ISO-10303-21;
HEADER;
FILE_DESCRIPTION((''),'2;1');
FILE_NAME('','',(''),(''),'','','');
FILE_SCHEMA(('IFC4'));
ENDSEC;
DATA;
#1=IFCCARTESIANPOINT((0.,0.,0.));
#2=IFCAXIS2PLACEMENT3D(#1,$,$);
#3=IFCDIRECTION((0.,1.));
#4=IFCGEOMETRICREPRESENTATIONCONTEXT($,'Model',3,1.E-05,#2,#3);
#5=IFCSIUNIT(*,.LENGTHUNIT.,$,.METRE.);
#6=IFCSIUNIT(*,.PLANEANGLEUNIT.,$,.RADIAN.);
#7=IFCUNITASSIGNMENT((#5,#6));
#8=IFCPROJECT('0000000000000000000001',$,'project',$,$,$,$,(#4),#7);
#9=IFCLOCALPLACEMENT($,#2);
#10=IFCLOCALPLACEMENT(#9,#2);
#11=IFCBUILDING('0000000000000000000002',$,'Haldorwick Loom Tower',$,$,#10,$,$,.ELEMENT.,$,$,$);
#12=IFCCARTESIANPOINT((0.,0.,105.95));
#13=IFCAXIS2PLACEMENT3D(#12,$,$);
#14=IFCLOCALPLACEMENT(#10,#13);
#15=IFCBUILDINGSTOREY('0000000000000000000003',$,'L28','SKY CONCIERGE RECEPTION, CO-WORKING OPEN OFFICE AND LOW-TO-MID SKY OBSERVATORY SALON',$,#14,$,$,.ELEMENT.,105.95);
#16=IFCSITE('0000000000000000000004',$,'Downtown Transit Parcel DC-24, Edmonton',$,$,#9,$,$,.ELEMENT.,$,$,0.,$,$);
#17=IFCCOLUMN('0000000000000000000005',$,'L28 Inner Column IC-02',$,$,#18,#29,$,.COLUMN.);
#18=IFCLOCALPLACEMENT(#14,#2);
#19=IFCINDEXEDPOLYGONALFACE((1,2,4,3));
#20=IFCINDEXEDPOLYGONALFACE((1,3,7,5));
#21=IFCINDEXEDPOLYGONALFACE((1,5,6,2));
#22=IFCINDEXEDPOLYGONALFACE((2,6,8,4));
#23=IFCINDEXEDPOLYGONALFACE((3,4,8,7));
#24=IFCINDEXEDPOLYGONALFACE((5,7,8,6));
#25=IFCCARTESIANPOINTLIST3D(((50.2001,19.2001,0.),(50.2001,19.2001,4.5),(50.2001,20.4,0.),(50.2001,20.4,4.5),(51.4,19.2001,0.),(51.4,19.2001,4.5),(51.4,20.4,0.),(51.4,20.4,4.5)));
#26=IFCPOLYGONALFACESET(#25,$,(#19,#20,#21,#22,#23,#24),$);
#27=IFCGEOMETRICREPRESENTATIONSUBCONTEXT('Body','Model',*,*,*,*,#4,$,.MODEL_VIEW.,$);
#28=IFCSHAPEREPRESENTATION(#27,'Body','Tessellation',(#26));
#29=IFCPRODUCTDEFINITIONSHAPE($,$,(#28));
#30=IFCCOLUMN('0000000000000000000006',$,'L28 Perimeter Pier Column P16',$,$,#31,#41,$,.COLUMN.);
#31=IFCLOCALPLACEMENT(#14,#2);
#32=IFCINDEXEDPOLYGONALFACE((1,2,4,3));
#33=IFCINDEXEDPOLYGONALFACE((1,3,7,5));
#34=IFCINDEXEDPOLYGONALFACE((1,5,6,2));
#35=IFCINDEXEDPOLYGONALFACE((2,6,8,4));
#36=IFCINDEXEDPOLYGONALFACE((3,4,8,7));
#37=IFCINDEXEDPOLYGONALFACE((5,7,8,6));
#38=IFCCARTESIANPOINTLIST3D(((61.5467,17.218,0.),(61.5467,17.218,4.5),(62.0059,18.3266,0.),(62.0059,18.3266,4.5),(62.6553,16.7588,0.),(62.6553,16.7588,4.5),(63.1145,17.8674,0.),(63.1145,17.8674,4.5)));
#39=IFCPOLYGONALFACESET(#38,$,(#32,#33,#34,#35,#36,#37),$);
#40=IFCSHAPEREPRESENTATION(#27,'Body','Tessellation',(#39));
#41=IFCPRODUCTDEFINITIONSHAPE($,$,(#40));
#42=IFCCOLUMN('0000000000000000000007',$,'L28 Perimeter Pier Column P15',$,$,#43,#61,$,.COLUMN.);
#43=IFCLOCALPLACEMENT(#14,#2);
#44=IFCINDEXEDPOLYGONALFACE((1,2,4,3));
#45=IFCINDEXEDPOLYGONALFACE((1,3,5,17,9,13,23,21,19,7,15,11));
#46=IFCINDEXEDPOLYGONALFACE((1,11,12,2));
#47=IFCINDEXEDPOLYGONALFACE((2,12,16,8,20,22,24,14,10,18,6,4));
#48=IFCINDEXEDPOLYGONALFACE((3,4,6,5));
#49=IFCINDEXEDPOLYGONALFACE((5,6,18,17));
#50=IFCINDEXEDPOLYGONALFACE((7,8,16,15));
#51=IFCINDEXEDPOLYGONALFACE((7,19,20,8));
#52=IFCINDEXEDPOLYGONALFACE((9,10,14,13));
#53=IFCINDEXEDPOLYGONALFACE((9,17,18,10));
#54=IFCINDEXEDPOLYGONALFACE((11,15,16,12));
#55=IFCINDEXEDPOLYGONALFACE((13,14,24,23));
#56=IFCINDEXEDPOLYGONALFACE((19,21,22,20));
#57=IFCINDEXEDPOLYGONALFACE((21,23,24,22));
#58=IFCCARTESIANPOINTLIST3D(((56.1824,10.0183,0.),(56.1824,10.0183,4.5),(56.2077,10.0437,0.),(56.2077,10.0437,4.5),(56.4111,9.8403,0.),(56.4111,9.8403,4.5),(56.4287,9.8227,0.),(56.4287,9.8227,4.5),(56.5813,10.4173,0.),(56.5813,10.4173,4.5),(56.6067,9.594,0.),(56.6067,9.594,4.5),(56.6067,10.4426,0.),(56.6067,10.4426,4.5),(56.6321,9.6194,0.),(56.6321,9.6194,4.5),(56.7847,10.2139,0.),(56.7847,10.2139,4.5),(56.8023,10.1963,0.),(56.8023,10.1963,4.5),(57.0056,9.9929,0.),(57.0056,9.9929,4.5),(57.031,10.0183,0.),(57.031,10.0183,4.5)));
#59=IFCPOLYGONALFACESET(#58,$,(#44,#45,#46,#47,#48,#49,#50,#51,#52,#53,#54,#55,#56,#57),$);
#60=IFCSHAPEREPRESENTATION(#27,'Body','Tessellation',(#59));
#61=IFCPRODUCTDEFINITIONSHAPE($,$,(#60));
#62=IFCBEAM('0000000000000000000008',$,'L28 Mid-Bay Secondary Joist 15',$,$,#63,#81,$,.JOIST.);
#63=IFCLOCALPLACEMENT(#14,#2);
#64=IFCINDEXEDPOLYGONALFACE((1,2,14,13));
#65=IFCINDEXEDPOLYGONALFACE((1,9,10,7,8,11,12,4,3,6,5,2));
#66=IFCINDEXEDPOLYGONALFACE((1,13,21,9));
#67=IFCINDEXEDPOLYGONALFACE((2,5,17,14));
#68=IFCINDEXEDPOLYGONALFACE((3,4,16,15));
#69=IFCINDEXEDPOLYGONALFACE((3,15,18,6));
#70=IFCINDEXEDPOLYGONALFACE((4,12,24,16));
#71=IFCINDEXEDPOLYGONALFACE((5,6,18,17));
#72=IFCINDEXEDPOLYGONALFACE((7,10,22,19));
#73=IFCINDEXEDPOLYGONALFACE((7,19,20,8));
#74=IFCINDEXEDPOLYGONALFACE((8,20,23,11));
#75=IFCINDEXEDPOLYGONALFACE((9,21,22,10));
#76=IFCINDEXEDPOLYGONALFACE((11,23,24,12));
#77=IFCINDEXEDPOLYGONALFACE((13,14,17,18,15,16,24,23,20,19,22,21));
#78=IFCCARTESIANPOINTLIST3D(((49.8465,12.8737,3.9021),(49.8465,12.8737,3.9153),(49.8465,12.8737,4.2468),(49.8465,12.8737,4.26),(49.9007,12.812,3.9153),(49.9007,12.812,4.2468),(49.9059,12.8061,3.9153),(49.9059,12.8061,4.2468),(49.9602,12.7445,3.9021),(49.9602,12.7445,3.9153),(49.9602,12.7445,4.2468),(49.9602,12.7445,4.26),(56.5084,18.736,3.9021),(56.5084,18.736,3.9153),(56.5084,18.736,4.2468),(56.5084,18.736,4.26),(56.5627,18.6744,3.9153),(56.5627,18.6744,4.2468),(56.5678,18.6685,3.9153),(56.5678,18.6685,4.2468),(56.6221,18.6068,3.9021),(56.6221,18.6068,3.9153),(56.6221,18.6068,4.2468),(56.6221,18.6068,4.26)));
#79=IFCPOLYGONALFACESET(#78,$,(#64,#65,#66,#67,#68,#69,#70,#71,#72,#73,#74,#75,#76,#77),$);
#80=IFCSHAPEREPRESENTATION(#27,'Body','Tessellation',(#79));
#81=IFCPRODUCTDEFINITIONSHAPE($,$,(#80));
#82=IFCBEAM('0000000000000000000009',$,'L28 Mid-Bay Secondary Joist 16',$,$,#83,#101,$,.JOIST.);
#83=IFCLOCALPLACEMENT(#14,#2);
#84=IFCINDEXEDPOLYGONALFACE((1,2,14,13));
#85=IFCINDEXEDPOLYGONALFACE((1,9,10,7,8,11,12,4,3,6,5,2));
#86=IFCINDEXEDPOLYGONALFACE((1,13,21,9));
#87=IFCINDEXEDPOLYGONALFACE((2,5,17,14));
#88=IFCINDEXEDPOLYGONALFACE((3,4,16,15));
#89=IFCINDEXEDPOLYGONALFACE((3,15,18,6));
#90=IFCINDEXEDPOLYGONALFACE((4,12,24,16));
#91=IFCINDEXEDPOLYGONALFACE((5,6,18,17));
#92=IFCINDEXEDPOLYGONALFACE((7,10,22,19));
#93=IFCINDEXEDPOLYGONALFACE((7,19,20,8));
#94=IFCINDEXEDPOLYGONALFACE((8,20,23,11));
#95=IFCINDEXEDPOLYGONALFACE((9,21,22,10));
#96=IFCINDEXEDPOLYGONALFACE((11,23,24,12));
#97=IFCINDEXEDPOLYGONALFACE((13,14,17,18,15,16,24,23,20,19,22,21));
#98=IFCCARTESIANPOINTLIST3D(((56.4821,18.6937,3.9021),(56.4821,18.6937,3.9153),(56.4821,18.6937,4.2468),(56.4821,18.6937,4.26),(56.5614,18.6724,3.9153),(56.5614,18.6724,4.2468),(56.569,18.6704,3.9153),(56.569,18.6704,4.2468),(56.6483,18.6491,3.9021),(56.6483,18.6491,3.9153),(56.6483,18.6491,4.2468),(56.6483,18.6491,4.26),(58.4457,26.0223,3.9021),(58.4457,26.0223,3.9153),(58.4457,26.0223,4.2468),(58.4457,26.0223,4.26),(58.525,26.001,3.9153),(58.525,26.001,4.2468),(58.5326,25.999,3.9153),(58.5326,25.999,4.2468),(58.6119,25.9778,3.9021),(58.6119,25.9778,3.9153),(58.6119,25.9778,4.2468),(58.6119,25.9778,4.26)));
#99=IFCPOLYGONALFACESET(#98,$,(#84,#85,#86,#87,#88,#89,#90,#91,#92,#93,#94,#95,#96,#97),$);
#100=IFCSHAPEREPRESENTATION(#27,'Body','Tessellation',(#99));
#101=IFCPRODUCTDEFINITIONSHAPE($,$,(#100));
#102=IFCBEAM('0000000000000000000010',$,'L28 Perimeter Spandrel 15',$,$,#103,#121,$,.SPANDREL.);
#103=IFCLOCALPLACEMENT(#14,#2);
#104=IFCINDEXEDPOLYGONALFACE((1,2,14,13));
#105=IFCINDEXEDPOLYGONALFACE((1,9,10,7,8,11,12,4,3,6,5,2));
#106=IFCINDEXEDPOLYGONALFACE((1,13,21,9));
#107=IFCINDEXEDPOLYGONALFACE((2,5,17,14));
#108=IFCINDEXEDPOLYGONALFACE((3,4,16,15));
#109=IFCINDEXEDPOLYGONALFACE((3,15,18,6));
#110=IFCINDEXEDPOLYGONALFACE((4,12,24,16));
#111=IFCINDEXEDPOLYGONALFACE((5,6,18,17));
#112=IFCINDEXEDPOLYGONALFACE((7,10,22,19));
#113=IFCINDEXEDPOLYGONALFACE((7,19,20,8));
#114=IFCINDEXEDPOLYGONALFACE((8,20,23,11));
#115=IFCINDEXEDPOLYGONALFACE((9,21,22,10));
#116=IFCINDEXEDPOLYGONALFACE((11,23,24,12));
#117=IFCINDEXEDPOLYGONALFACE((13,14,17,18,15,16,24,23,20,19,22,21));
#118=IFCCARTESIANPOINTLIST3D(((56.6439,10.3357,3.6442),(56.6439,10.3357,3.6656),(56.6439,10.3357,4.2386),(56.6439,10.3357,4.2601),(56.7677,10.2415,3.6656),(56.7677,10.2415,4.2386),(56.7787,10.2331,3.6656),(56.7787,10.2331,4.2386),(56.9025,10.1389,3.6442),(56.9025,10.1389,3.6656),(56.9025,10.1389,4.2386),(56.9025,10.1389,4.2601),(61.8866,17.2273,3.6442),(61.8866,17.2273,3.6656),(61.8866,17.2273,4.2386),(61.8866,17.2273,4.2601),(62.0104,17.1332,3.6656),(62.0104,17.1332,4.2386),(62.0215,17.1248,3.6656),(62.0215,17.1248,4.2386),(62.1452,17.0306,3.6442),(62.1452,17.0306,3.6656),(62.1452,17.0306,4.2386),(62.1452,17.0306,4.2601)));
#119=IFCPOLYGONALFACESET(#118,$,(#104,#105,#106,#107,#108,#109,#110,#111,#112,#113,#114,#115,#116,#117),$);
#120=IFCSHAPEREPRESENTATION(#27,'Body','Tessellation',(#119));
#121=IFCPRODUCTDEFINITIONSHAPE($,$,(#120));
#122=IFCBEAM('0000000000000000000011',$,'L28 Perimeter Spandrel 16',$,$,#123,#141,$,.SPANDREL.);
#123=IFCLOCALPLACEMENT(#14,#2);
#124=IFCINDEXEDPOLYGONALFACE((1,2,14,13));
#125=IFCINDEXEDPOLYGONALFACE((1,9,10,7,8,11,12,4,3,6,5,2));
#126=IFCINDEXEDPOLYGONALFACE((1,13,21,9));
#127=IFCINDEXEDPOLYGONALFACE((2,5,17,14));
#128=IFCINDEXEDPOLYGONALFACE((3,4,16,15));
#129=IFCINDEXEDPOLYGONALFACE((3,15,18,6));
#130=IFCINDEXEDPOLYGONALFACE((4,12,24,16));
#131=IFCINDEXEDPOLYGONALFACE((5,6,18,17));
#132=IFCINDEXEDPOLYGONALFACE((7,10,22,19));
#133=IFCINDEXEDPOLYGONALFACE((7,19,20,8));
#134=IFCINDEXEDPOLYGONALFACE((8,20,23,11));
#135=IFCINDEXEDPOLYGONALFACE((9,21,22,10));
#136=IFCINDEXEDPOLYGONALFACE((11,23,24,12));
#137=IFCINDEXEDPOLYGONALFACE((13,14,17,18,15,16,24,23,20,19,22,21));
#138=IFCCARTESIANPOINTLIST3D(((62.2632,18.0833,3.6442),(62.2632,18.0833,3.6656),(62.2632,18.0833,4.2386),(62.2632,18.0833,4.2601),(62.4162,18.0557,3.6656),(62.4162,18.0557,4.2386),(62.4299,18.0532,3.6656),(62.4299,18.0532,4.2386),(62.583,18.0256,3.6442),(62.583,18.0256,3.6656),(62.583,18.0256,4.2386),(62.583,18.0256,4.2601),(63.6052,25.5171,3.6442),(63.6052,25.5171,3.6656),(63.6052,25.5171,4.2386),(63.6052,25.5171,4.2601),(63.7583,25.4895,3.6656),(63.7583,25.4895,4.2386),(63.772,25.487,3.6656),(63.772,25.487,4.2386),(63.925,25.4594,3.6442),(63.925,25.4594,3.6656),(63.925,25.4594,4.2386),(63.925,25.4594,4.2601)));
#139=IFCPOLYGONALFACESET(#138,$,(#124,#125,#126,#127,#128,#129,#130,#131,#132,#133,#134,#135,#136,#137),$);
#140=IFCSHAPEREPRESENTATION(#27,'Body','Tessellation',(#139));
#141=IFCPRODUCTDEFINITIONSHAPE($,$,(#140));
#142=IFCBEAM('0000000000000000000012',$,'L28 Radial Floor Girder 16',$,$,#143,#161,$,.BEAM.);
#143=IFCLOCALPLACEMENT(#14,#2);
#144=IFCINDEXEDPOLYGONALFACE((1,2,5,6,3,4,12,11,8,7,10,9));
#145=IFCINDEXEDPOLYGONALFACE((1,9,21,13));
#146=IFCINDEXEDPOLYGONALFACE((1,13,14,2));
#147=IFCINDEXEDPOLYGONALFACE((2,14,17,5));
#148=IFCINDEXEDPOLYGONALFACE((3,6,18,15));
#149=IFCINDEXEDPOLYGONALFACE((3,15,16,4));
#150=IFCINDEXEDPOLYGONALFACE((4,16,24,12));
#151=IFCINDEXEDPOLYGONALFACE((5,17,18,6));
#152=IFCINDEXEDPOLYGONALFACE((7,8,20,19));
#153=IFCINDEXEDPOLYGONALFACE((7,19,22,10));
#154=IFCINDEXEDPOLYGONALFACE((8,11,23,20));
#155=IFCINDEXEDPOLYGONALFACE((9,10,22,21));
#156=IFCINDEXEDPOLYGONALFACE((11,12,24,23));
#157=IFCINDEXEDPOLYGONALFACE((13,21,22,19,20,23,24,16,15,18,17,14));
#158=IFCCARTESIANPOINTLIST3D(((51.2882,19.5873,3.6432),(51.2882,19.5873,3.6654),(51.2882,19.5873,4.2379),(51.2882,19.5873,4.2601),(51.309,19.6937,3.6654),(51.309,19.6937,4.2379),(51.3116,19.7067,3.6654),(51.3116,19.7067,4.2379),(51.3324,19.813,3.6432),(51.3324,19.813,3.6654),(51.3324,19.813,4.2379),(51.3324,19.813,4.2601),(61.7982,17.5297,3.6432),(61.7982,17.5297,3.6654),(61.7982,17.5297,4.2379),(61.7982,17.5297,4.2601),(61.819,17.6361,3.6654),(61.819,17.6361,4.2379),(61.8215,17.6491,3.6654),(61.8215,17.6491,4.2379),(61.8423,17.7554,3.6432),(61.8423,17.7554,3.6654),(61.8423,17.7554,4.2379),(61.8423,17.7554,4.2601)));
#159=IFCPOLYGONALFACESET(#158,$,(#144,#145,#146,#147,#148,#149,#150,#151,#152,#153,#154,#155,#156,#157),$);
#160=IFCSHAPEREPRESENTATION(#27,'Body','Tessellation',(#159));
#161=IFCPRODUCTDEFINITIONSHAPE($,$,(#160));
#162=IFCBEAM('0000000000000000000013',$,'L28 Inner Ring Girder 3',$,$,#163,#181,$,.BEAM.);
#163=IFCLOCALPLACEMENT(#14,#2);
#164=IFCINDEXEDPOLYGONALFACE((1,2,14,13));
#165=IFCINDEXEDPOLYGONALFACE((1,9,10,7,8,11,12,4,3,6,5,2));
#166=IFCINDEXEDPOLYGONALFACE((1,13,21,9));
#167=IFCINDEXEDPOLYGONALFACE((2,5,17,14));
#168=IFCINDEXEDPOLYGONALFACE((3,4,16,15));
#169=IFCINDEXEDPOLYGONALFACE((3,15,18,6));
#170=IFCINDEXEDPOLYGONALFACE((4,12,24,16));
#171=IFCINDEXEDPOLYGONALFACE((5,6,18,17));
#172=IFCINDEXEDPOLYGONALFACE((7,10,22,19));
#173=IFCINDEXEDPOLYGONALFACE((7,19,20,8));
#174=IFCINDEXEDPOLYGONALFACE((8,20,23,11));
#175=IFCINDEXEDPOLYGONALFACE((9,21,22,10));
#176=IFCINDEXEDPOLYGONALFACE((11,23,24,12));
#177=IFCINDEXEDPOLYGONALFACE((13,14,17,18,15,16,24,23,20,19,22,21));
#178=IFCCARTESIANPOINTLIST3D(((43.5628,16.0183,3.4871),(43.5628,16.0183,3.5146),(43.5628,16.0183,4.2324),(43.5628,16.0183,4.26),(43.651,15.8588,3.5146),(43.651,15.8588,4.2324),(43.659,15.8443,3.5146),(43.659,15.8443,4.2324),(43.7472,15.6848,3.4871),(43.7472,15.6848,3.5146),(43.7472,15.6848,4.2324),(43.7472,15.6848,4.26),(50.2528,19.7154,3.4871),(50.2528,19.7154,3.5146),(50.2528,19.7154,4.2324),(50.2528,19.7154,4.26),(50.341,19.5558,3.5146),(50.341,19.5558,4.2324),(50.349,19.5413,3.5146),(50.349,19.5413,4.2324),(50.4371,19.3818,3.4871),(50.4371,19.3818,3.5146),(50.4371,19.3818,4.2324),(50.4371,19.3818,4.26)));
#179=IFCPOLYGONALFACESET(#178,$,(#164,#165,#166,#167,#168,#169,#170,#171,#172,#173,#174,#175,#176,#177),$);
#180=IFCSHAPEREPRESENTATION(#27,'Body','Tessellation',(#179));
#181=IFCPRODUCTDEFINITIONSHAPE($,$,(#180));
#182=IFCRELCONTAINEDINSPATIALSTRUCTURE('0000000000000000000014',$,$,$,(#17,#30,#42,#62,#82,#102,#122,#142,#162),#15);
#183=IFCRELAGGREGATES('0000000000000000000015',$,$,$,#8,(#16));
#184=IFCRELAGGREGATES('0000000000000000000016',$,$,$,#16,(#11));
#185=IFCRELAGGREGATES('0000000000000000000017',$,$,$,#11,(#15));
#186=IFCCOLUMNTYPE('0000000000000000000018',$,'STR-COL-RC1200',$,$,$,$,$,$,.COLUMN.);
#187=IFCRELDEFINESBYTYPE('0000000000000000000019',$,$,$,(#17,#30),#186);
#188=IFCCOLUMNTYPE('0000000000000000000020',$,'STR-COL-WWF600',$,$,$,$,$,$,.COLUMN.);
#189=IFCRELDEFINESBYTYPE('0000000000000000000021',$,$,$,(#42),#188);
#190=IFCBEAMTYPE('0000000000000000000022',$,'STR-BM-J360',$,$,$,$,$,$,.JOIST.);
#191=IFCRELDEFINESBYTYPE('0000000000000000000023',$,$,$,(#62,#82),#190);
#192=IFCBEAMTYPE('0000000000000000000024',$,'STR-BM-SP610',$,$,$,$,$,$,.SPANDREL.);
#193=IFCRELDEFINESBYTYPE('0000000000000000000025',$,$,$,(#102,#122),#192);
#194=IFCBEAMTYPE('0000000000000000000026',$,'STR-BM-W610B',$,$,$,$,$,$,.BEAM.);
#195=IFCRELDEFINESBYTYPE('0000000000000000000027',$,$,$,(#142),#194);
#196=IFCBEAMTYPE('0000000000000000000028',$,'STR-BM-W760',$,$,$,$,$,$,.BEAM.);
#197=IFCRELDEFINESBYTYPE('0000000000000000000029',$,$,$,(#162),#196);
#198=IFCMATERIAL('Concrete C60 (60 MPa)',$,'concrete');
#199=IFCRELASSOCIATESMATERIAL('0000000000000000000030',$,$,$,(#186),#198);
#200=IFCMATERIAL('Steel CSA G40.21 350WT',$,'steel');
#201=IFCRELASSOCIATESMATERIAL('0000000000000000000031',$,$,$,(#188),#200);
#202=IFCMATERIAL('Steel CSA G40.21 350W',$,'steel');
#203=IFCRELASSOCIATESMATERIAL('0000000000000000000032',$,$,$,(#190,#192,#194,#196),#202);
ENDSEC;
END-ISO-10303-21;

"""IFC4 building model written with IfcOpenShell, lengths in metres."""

from ifc_helpers import new_model, si_unit, direction, frame, origin, origin_2d, place, context, subcontext, project, spatial, rectangle, i_section, extrude, material, material_profile, profile_set, type_object, element, save


model = new_model("IFC4")

# Units and contexts
model_context = context("Model", 3, precision=1e-05, world=origin(), true_north=direction((0.0, 1.0)))
body_context = subcontext(model_context, "Body", "Model", "MODEL_VIEW")
ifc_project = project(units=[si_unit("LENGTHUNIT", "METRE"), si_unit("PLANEANGLEUNIT", "RADIAN")], contexts=[model_context])

# Site, building, storey
site_placement = place(None, origin())
site = spatial("IfcSite", under=ifc_project, at=site_placement, Name="Downtown Transit Parcel DC-24, Edmonton", CompositionType="ELEMENT", RefElevation=0.0)
building_placement = place(site_placement, origin())
building = spatial("IfcBuilding", under=site, at=building_placement, Name="Haldorwick Loom Tower", CompositionType="ELEMENT")
storey_placement = place(building_placement, frame((0.0, 0.0, 105.95)))
storey = spatial("IfcBuildingStorey", under=building, at=storey_placement, Name="L28", Description="SKY CONCIERGE RECEPTION, CO-WORKING OPEN OFFICE AND LOW-TO-MID SKY OBSERVATORY SALON", CompositionType="ELEMENT", Elevation=105.95)

# Columns
ifc_material_1 = material(Name="Concrete C60 (60 MPa)", Category="concrete")
ifc_material_profile_1 = material_profile(ifc_material_1, rectangle(XDim=1.2, YDim=1.2, at=origin_2d()), Name="RC1200X1200", Category="concrete")
ifc_profile_set_1 = profile_set([ifc_material_profile_1], Name="Concrete C60 (60 MPa)")
column_type_1 = type_object("IfcColumnType", Name="STR-COL-RC1200", PredefinedType="COLUMN", material=ifc_profile_set_1)
for number, where, z_axis, x_axis, name in (
    (1, (50.8, 19.8, 0.0), (0.0, 0.0, 1.0), (1.0, 0.0, 0.0), "L28 Inner Column IC-02"),
    (2, (62.3306, 17.5427, 0.0), (0.0, 0.0, 1.0), (0.92388, -0.382683, 0.0), "L28 Perimeter Pier Column P16"),
):
    element("IfcColumn", number, at=place(storey_placement, frame(where, z_axis=z_axis, x_axis=x_axis)), inside=storey, type_object=column_type_1, Name=name, PredefinedType="COLUMN", context=body_context, shape_type="SweptSolid", body=[
        extrude(rectangle(XDim=1.2, YDim=1.2, at=origin_2d()), origin(), (0.0, 0.0, 1.0), 4.5),
    ])
ifc_material_2 = material(Name="Steel CSA G40.21 350WT", Category="steel")
ifc_material_profile_2 = material_profile(ifc_material_2, i_section(OverallWidth=0.6001, OverallDepth=0.6001, WebThickness=0.0249, FlangeThickness=0.0359, at=origin_2d()), Name="WWF600X600", Category="steel")
ifc_profile_set_2 = profile_set([ifc_material_profile_2], Name="Steel CSA G40.21 350WT")
column_type_2 = type_object("IfcColumnType", Name="STR-COL-WWF600", PredefinedType="COLUMN", material=ifc_profile_set_2)
column_placement = place(storey_placement, frame((56.6067, 10.0183, 0.0), z_axis=(0.0, 0.0, 1.0), x_axis=(0.707107, -0.707107, 0.0)))
element("IfcColumn", 3, at=column_placement, inside=storey, type_object=column_type_2, Name="L28 Perimeter Pier Column P15", PredefinedType="COLUMN", context=body_context, shape_type="SweptSolid", body=[
    extrude(i_section(OverallWidth=0.6001, OverallDepth=0.6001, WebThickness=0.0249, FlangeThickness=0.0359, at=origin_2d()), origin(), (0.0, 0.0, 1.0), 4.5),
])

# Beams
ifc_material_3 = material(Name="Steel CSA G40.21 350W", Category="steel")
ifc_material_profile_3 = material_profile(ifc_material_3, i_section(OverallWidth=0.1721, OverallDepth=0.3579, WebThickness=0.0078, FlangeThickness=0.0132, at=origin_2d()), Name="W360X57", Category="steel")
ifc_profile_set_3 = profile_set([ifc_material_profile_3], Name="Steel CSA G40.21 350W")
beam_type_1 = type_object("IfcBeamType", Name="STR-BM-J360", PredefinedType="JOIST", material=ifc_profile_set_3)
beam_1_placement = place(storey_placement, frame((49.9033, 12.8091, 4.0811), z_axis=(0.750721, 0.660619, 0.0), x_axis=(-0.660619, 0.750721, 0.0)))
element("IfcBeam", 4, at=beam_1_placement, inside=storey, type_object=beam_type_1, Name="L28 Mid-Bay Secondary Joist 15", PredefinedType="JOIST", context=body_context, shape_type="SweptSolid", body=[
    extrude(i_section(OverallWidth=0.1721, OverallDepth=0.3579, WebThickness=0.0078, FlangeThickness=0.0132, at=origin_2d()), origin(), (0.0, 0.0, 1.0), 8.874),
])
beam_2_placement = place(storey_placement, frame((56.5652, 18.6714, 4.0811), z_axis=(0.25881, 0.965928, 0.0), x_axis=(-0.965928, 0.25881, 0.0)))
element("IfcBeam", 5, at=beam_2_placement, inside=storey, type_object=beam_type_1, Name="L28 Mid-Bay Secondary Joist 16", PredefinedType="JOIST", context=body_context, shape_type="SweptSolid", body=[
    extrude(i_section(OverallWidth=0.1721, OverallDepth=0.3579, WebThickness=0.0078, FlangeThickness=0.0132, at=origin_2d()), origin(), (0.0, 0.0, 1.0), 7.5872),
])
ifc_material_profile_4 = material_profile(ifc_material_3, i_section(OverallWidth=0.325, OverallDepth=0.616, WebThickness=0.0139, FlangeThickness=0.0215, at=origin_2d()), Name="W610X174", Category="steel")
ifc_profile_set_4 = profile_set([ifc_material_profile_4], Name="Steel CSA G40.21 350W")
beam_type_2 = type_object("IfcBeamType", Name="STR-BM-SP610", PredefinedType="SPANDREL", material=ifc_profile_set_4)
beam_3_placement = place(storey_placement, frame((56.7732, 10.2373, 3.9521), z_axis=(0.605454, 0.795881, 0.0), x_axis=(-0.795881, 0.605454, 0.0)))
element("IfcBeam", 6, at=beam_3_placement, inside=storey, type_object=beam_type_2, Name="L28 Perimeter Spandrel 15", PredefinedType="SPANDREL", context=body_context, shape_type="SweptSolid", body=[
    extrude(i_section(OverallWidth=0.325, OverallDepth=0.616, WebThickness=0.0139, FlangeThickness=0.0215, at=origin_2d()), origin(), (0.0, 0.0, 1.0), 8.6592),
])
beam_4_placement = place(storey_placement, frame((62.4231, 18.0544, 3.9521), z_axis=(0.177659, 0.984092, 0.0), x_axis=(-0.984092, 0.177659, 0.0)))
element("IfcBeam", 7, at=beam_4_placement, inside=storey, type_object=beam_type_2, Name="L28 Perimeter Spandrel 16", PredefinedType="SPANDREL", context=body_context, shape_type="SweptSolid", body=[
    extrude(i_section(OverallWidth=0.325, OverallDepth=0.616, WebThickness=0.0139, FlangeThickness=0.0215, at=origin_2d()), origin(), (0.0, 0.0, 1.0), 7.554),
])
ifc_material_profile_5 = material_profile(ifc_material_3, i_section(OverallWidth=0.23, OverallDepth=0.6169, WebThickness=0.0132, FlangeThickness=0.0222, at=origin_2d()), Name="W610X140", Category="steel")
ifc_profile_set_5 = profile_set([ifc_material_profile_5], Name="Steel CSA G40.21 350W")
beam_type_3 = type_object("IfcBeamType", Name="STR-BM-W610B", PredefinedType="BEAM", material=ifc_profile_set_5)
beam_5_placement = place(storey_placement, frame((51.3103, 19.7002, 3.9517), z_axis=(0.98137, -0.192129, 0.0), x_axis=(0.192129, 0.98137, 0.0)))
element("IfcBeam", 8, at=beam_5_placement, inside=storey, type_object=beam_type_3, Name="L28 Radial Floor Girder 16", PredefinedType="BEAM", context=body_context, shape_type="SweptSolid", body=[
    extrude(i_section(OverallWidth=0.23, OverallDepth=0.6169, WebThickness=0.0132, FlangeThickness=0.0222, at=origin_2d()), origin(), (0.0, 0.0, 1.0), 10.7095),
])
ifc_material_profile_6 = material_profile(ifc_material_3, i_section(OverallWidth=0.3811, OverallDepth=0.7729, WebThickness=0.0166, FlangeThickness=0.0276, at=origin_2d()), Name="W760X257", Category="steel")
ifc_profile_set_6 = profile_set([ifc_material_profile_6], Name="Steel CSA G40.21 350W")
beam_type_4 = type_object("IfcBeamType", Name="STR-BM-W760", PredefinedType="BEAM", material=ifc_profile_set_6)
beam_6_placement = place(storey_placement, frame((50.345, 19.5486, 3.8735), z_axis=(-0.875244, -0.483681, 0.0), x_axis=(0.483681, -0.875244, 0.0)))
element("IfcBeam", 9, at=beam_6_placement, inside=storey, type_object=beam_type_4, Name="L28 Inner Ring Girder 3", PredefinedType="BEAM", context=body_context, shape_type="SweptSolid", body=[
    extrude(i_section(OverallWidth=0.3811, OverallDepth=0.7729, WebThickness=0.0166, FlangeThickness=0.0276, at=origin_2d()), origin(), (0.0, 0.0, 1.0), 7.6436),
])

save(model, "model.ifc")
